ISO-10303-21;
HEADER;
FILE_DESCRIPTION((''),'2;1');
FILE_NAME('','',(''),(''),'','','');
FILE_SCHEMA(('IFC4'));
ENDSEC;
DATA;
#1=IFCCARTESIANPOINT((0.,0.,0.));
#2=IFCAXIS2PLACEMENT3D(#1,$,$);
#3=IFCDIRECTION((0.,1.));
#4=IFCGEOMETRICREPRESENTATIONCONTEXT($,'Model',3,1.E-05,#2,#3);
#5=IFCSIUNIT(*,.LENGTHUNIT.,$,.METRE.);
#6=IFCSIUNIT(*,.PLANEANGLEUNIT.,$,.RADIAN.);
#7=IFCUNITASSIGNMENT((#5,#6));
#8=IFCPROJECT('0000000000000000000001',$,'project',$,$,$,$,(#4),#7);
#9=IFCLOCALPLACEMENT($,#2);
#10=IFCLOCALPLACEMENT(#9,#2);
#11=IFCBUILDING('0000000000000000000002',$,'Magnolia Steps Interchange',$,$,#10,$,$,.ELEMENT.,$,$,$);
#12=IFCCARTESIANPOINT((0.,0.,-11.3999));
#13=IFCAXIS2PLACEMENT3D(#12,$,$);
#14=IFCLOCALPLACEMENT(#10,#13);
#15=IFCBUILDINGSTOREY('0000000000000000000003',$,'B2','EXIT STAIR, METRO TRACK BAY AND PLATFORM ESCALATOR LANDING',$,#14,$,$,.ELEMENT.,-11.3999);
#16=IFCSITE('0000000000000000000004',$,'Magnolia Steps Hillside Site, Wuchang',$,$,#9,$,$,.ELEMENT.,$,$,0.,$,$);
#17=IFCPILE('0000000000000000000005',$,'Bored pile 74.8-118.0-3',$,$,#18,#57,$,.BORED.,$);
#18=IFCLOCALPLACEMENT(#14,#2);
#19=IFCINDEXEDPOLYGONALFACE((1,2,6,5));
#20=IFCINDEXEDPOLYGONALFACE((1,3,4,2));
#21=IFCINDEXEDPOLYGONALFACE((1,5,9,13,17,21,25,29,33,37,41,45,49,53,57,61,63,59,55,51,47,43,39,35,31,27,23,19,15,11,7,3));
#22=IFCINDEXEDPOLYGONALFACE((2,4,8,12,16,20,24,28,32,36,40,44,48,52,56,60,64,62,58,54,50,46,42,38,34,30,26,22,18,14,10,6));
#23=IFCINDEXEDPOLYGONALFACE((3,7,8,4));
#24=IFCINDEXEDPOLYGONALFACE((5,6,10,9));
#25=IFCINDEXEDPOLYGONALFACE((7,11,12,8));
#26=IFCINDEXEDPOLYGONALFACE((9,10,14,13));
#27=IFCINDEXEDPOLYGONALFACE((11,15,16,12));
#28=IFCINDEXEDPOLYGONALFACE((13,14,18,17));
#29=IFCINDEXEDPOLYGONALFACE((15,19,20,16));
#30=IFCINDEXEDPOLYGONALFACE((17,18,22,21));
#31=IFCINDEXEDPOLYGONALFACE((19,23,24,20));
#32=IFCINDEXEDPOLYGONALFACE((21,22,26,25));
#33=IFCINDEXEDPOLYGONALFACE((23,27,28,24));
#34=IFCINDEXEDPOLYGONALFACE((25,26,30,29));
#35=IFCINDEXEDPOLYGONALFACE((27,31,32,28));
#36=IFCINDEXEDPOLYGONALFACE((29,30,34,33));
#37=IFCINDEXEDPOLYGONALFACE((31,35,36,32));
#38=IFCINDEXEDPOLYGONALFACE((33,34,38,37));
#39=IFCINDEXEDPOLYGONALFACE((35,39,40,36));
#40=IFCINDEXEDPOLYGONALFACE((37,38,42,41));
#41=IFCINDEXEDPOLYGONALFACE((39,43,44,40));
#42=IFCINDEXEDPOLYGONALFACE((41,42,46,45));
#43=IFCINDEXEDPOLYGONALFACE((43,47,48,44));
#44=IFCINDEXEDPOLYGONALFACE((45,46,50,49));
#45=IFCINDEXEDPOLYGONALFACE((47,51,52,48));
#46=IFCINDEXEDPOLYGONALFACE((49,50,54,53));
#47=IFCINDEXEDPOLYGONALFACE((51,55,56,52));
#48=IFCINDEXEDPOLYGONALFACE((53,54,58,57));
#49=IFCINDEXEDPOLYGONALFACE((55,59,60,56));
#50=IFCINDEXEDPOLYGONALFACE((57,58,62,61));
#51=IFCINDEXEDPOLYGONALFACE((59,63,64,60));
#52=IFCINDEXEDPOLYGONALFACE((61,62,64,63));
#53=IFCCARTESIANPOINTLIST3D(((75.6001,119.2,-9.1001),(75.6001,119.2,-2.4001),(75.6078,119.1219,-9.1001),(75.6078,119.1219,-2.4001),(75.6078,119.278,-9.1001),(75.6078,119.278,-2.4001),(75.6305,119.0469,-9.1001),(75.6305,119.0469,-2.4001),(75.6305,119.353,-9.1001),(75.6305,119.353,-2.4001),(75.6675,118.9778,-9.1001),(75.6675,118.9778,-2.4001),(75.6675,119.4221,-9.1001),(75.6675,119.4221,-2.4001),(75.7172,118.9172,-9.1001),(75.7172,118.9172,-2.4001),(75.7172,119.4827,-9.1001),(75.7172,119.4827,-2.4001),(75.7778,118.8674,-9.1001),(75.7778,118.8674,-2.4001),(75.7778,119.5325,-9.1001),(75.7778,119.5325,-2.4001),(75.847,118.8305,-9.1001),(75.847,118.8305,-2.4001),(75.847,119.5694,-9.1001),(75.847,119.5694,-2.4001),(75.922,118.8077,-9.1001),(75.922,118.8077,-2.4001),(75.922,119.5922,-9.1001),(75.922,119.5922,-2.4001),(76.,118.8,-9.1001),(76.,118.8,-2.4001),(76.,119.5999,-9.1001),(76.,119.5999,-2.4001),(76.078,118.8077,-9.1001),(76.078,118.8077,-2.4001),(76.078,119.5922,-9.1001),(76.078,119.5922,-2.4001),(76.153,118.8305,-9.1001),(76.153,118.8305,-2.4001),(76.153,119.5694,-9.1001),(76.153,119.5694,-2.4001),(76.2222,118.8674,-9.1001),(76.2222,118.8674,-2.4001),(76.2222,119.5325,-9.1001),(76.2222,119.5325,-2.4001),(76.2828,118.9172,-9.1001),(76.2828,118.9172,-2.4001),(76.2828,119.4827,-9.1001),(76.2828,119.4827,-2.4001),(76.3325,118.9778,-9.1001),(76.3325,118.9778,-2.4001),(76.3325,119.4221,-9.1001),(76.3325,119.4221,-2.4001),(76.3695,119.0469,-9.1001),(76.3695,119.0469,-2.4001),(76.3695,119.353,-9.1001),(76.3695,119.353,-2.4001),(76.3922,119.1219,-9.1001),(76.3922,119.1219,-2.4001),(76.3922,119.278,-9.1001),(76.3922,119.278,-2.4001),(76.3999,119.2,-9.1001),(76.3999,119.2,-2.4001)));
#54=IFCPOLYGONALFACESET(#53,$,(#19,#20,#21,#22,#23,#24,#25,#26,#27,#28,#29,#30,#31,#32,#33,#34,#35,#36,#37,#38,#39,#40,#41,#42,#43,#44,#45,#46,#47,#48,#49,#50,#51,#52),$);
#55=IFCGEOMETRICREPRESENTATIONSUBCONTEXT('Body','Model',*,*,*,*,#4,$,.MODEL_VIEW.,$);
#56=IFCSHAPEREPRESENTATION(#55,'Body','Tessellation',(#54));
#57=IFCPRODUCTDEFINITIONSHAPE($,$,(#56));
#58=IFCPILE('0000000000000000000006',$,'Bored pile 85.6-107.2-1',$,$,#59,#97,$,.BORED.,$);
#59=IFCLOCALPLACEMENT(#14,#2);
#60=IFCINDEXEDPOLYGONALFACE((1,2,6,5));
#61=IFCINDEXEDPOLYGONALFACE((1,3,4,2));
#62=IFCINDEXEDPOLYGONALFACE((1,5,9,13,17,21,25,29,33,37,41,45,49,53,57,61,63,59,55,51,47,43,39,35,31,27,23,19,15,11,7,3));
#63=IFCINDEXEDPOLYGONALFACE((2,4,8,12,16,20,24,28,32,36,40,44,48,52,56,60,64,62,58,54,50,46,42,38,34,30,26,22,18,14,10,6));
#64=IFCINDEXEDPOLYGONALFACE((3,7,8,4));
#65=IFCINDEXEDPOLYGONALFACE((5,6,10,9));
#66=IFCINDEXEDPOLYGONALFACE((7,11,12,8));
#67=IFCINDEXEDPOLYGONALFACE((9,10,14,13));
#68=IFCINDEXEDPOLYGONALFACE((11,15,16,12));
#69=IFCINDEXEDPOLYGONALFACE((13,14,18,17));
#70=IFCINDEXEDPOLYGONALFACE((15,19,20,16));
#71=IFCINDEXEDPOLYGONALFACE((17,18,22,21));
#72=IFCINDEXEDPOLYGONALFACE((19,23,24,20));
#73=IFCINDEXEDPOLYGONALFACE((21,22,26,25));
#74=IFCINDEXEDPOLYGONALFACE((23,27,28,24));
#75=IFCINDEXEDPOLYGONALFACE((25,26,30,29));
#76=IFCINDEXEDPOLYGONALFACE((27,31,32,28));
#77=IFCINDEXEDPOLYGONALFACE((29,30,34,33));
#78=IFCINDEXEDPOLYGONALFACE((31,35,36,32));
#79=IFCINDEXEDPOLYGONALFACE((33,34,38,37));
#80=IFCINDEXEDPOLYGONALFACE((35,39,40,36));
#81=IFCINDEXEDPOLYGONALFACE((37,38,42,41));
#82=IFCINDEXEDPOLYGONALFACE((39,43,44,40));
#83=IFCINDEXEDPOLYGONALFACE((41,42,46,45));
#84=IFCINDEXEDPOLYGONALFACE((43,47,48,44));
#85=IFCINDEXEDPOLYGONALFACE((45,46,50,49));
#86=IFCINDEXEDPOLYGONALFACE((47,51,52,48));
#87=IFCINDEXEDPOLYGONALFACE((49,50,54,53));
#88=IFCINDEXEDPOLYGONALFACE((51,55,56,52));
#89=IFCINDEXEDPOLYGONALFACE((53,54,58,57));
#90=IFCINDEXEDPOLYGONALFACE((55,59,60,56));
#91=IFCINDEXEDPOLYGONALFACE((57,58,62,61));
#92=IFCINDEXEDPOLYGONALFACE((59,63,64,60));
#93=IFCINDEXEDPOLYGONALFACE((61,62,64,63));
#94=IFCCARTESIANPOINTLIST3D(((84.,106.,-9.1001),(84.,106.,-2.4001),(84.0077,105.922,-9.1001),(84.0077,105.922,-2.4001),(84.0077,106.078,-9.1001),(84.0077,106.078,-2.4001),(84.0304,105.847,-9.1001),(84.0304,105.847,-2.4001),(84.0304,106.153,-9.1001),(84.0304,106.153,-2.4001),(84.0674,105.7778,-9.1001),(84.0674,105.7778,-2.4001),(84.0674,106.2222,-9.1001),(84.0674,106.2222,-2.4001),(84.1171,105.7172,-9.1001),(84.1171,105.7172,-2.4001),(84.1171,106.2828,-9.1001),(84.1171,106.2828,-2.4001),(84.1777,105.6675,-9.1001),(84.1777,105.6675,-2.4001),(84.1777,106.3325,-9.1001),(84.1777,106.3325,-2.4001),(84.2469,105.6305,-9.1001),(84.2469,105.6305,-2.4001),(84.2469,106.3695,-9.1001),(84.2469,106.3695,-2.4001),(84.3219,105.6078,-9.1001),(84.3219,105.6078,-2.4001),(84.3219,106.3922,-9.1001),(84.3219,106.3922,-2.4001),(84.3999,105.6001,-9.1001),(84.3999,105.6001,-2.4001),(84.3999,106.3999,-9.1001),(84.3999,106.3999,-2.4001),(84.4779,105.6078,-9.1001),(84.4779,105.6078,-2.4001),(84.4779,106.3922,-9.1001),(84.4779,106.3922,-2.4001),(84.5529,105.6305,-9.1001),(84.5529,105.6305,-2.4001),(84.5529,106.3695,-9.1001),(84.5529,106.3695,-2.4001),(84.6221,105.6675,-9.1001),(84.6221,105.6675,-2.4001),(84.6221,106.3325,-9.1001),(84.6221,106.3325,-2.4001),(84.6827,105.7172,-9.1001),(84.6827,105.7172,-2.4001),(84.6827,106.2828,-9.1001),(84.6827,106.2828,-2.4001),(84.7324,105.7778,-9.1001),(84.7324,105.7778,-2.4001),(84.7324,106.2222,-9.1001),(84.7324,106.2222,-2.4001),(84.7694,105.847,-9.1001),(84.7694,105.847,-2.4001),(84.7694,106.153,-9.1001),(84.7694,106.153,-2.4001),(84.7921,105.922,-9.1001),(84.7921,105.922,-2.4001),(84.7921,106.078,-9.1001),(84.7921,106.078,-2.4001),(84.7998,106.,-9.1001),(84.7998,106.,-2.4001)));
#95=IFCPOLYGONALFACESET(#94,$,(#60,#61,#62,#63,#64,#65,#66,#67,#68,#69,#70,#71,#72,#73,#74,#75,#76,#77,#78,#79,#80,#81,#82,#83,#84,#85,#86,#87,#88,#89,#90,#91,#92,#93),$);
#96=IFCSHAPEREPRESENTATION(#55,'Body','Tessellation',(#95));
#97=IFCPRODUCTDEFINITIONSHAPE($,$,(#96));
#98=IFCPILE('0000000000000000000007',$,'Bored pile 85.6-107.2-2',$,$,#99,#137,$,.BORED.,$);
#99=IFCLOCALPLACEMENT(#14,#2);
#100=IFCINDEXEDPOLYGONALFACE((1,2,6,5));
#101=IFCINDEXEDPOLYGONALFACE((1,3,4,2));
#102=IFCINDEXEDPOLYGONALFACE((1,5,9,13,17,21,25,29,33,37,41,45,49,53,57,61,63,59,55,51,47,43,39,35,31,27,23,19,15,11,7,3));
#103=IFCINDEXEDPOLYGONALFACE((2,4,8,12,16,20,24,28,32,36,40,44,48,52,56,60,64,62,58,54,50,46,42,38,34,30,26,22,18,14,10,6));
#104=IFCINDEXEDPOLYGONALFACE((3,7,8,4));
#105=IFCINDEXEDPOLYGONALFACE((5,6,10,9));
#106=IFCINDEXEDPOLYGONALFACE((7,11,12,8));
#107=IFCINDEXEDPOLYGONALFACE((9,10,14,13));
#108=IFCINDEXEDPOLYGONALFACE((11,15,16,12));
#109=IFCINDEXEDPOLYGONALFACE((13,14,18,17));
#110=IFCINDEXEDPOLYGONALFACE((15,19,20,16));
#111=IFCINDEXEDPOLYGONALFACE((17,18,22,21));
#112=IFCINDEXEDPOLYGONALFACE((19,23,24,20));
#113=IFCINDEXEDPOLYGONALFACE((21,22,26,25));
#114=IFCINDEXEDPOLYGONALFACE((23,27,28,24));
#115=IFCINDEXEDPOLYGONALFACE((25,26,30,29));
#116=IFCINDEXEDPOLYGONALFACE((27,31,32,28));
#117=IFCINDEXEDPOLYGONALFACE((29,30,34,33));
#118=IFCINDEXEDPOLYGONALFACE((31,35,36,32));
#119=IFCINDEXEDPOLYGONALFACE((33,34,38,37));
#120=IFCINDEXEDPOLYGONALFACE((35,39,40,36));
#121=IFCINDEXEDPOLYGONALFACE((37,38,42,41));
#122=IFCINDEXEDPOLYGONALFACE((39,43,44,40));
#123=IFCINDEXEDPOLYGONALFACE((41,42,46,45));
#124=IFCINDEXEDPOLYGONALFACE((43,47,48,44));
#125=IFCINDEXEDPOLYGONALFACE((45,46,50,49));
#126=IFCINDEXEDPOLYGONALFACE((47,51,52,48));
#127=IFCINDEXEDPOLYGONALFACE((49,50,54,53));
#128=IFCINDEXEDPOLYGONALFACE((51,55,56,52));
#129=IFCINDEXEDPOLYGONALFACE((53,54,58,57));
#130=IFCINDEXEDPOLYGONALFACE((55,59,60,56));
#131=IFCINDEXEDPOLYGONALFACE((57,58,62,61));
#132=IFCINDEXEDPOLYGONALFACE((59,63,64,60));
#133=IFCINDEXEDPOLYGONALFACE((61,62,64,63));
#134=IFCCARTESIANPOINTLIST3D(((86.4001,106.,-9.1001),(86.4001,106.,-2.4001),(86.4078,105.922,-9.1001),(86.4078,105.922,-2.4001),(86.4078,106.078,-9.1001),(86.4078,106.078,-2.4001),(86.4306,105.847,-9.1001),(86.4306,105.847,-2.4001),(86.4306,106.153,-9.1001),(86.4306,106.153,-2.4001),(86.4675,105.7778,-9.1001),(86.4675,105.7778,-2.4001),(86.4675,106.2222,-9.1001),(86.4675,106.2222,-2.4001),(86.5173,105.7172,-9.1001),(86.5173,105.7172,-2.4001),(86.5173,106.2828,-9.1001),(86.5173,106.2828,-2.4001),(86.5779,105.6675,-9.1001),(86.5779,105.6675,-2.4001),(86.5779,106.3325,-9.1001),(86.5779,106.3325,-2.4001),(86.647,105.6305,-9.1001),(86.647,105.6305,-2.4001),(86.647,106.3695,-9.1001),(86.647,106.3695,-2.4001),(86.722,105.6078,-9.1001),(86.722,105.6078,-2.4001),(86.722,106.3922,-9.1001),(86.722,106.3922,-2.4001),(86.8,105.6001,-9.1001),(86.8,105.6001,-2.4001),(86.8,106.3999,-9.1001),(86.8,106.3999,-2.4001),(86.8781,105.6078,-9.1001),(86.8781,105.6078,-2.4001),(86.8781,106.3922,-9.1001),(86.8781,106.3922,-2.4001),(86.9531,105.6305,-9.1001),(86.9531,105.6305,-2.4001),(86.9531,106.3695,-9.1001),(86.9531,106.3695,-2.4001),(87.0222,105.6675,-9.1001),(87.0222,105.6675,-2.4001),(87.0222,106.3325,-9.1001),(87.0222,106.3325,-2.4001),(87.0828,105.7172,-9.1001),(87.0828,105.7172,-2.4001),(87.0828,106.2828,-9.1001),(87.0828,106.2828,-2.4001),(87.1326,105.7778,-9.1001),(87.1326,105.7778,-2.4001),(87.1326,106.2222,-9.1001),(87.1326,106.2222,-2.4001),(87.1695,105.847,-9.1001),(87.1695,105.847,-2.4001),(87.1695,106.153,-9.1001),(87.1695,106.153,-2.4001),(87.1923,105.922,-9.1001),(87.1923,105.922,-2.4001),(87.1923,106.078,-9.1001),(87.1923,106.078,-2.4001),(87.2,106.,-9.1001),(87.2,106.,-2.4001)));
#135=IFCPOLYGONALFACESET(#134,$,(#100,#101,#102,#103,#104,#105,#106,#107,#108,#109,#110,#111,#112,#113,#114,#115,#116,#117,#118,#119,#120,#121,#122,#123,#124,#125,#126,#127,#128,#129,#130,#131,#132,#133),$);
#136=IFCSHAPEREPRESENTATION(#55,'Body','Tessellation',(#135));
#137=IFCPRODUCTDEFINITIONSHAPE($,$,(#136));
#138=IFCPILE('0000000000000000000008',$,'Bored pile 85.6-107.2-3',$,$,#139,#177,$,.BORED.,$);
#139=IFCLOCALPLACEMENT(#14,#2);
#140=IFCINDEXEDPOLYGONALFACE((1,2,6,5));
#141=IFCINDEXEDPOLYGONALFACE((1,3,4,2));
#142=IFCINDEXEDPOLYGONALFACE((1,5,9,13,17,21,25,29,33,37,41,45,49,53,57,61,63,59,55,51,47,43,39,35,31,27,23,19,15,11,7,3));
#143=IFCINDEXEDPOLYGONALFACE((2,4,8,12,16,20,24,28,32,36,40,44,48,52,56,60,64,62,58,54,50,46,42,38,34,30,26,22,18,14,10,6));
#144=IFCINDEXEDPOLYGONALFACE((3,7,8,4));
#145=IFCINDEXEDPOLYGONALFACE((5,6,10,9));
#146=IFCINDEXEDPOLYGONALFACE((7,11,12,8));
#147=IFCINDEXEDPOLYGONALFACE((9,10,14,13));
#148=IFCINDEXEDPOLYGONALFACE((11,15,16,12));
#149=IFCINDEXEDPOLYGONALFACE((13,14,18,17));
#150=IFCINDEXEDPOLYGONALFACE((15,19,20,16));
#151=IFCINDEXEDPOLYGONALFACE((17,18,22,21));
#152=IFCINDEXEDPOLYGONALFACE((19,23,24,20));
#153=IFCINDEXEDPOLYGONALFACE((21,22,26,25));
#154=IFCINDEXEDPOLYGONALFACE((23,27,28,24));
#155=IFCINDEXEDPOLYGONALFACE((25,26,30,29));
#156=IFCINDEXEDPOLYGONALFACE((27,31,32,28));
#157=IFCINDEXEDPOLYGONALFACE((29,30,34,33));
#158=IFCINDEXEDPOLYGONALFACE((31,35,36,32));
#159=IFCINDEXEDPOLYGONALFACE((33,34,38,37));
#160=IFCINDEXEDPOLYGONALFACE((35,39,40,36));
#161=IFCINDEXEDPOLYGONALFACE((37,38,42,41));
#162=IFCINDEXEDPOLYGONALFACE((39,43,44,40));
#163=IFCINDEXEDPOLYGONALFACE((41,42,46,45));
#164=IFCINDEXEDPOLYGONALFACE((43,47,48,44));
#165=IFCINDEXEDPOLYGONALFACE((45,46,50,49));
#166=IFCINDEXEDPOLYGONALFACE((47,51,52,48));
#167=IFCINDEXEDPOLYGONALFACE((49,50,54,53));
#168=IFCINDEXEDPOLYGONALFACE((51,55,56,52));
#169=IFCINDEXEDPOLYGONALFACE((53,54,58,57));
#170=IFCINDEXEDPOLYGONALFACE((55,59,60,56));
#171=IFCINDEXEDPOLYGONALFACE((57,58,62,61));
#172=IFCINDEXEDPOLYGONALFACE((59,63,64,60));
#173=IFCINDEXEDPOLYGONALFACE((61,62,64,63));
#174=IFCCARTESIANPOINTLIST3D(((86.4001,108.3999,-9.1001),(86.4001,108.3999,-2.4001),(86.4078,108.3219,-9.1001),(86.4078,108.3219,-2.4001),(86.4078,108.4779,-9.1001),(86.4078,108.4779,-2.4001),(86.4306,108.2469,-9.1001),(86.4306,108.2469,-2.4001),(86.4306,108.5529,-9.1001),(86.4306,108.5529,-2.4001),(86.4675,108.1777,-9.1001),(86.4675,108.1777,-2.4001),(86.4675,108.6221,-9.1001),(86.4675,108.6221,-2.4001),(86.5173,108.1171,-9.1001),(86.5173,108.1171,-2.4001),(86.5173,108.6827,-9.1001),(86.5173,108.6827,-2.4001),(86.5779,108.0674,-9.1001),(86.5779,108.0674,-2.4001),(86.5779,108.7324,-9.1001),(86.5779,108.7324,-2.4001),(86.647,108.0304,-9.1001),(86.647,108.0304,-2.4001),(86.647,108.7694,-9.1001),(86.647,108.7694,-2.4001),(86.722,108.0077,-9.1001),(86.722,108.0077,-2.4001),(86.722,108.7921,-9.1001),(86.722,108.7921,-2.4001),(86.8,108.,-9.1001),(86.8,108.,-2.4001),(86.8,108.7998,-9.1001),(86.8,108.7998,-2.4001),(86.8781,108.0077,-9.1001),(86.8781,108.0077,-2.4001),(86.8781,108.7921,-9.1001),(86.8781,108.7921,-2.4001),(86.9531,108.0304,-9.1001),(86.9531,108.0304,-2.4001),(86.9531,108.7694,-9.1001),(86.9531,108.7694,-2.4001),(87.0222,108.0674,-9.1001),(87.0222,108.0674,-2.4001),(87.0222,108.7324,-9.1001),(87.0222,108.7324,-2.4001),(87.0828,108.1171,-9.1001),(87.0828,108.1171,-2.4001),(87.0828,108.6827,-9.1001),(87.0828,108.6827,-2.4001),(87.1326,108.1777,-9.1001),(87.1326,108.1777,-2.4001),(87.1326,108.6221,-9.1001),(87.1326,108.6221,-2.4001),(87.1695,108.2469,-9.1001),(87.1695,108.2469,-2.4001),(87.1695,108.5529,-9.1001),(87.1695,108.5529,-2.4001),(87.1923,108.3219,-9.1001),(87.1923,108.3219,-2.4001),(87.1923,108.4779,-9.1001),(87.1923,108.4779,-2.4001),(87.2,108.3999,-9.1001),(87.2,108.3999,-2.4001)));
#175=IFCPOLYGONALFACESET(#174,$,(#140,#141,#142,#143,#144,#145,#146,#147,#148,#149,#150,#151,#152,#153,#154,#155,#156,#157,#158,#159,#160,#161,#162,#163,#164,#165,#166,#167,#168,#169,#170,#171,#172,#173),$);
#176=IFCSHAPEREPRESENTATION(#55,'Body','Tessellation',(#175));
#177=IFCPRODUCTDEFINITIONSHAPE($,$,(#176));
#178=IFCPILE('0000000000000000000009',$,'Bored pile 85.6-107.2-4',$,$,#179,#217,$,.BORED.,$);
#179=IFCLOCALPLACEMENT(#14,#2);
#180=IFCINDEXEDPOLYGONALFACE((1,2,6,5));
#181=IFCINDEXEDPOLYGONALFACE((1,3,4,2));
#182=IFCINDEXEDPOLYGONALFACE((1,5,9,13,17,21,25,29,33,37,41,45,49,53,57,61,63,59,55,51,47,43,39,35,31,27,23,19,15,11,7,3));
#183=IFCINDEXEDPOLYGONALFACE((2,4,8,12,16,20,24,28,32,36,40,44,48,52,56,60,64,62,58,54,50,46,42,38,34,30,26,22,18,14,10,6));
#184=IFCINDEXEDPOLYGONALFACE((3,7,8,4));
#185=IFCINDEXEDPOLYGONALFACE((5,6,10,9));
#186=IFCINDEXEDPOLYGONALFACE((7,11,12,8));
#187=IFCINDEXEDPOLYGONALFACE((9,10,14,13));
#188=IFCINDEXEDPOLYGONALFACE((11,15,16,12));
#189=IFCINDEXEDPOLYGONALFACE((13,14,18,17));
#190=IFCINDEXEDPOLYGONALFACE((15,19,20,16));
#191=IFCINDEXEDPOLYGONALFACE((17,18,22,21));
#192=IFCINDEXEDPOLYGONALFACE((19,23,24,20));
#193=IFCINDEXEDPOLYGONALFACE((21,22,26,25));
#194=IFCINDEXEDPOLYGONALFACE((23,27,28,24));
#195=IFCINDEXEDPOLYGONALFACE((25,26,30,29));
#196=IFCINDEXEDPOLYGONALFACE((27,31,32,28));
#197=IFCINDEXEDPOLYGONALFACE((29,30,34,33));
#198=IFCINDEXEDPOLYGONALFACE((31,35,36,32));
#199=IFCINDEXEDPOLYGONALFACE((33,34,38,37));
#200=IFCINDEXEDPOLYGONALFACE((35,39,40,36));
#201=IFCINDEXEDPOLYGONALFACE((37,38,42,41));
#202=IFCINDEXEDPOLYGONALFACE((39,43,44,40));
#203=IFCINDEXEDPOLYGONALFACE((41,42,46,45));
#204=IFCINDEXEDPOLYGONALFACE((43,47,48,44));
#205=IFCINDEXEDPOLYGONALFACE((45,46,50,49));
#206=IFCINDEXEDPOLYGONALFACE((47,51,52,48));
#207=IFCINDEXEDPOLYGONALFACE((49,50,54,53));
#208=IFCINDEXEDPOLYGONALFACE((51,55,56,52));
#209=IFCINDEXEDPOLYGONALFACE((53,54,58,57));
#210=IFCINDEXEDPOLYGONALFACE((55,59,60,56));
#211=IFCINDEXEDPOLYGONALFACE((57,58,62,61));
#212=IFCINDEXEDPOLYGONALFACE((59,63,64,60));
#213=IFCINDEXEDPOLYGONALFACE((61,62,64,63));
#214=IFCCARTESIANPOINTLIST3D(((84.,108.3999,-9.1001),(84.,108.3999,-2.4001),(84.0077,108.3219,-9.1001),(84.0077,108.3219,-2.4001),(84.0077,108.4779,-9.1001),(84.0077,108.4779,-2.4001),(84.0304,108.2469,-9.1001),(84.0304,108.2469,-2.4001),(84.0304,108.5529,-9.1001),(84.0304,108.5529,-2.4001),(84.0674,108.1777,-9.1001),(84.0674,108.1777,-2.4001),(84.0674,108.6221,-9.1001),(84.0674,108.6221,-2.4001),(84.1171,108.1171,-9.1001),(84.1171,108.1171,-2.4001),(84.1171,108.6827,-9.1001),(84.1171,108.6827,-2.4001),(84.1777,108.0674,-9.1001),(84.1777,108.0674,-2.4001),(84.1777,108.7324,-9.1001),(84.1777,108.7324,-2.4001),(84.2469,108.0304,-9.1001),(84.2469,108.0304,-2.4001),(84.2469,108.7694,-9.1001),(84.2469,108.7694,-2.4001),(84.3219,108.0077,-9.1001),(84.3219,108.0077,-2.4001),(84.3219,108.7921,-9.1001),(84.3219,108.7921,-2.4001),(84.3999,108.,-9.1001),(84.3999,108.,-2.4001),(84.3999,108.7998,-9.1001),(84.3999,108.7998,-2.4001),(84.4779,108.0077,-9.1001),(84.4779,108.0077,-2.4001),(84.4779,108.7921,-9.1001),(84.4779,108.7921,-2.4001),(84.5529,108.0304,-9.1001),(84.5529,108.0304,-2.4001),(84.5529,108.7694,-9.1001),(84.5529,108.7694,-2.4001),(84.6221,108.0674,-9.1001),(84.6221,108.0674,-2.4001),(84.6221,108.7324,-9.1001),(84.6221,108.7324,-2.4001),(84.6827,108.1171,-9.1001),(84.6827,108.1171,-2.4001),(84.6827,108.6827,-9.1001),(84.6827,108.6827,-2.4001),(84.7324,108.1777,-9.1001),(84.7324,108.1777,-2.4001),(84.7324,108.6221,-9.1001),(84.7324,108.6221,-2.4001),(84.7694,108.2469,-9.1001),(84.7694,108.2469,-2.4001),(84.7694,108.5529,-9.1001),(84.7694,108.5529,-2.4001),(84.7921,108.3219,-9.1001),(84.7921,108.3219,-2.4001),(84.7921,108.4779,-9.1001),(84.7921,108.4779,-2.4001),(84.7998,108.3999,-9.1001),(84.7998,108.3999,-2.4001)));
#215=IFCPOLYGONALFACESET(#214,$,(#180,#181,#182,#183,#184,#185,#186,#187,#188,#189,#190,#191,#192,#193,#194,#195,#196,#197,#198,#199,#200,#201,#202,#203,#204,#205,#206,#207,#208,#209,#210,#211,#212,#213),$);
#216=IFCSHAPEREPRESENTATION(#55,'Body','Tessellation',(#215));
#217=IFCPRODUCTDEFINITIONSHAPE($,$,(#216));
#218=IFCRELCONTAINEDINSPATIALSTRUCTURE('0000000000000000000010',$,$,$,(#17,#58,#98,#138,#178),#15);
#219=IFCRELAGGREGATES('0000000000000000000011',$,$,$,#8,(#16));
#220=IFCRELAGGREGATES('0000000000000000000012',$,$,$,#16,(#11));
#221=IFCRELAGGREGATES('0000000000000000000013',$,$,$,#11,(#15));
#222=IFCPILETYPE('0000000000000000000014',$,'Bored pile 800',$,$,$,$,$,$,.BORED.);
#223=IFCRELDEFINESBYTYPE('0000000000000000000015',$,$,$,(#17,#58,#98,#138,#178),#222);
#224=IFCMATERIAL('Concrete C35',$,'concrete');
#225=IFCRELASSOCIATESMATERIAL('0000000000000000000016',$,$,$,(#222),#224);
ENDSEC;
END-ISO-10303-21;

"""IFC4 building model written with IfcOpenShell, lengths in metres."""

from ifc_helpers import new_model, si_unit, direction, frame, origin, origin_2d, place, context, subcontext, project, spatial, circle, extrude, material, material_profile, profile_set, type_object, element, save


model = new_model("IFC4")

# Units and contexts
model_context = context("Model", 3, precision=1e-05, world=origin(), true_north=direction((0.0, 1.0)))
body_context = subcontext(model_context, "Body", "Model", "MODEL_VIEW")
ifc_project = project(units=[si_unit("LENGTHUNIT", "METRE"), si_unit("PLANEANGLEUNIT", "RADIAN")], contexts=[model_context])

# Site, building, storey
site_placement = place(None, origin())
site = spatial("IfcSite", under=ifc_project, at=site_placement, Name="Magnolia Steps Hillside Site, Wuchang", CompositionType="ELEMENT", RefElevation=0.0)
building_placement = place(site_placement, origin())
building = spatial("IfcBuilding", under=site, at=building_placement, Name="Magnolia Steps Interchange", CompositionType="ELEMENT")
storey_placement = place(building_placement, frame((0.0, 0.0, -11.3999)))
storey = spatial("IfcBuildingStorey", under=building, at=storey_placement, Name="B2", Description="EXIT STAIR, METRO TRACK BAY AND PLATFORM ESCALATOR LANDING", CompositionType="ELEMENT", Elevation=-11.3999)

# Piles
ifc_material_1 = material(Name="Concrete C35", Category="concrete")
ifc_material_profile_1 = material_profile(ifc_material_1, circle(Radius=0.3999, at=origin_2d()), Name="Bored pile 800")
ifc_profile_set_1 = profile_set([ifc_material_profile_1], Name="Concrete C35")
pile_type_1 = type_object("IfcPileType", Name="Bored pile 800", PredefinedType="BORED", material=ifc_profile_set_1)
for number, where, z_axis, x_axis, name in (
    (1, (76.0, 119.2, -2.4001), (0.0, 0.0, -1.0), (1.0, 0.0, 0.0), "Bored pile 74.8-118.0-3"),
    (2, (84.3999, 106.0, -2.4001), (0.0, 0.0, -1.0), (1.0, 0.0, 0.0), "Bored pile 85.6-107.2-1"),
    (3, (86.8, 106.0, -2.4001), (0.0, 0.0, -1.0), (1.0, 0.0, 0.0), "Bored pile 85.6-107.2-2"),
    (4, (86.8, 108.3999, -2.4001), (0.0, 0.0, -1.0), (1.0, 0.0, 0.0), "Bored pile 85.6-107.2-3"),
    (5, (84.3999, 108.3999, -2.4001), (0.0, 0.0, -1.0), (1.0, 0.0, 0.0), "Bored pile 85.6-107.2-4"),
):
    element("IfcPile", number, at=place(storey_placement, frame(where, z_axis=z_axis, x_axis=x_axis)), inside=storey, type_object=pile_type_1, Name=name, PredefinedType="BORED", context=body_context, shape_type="SweptSolid", body=[
        extrude(circle(Radius=0.3999, at=origin_2d()), origin(), (0.0, 0.0, 1.0), 6.7),
    ])

save(model, "model.ifc")
